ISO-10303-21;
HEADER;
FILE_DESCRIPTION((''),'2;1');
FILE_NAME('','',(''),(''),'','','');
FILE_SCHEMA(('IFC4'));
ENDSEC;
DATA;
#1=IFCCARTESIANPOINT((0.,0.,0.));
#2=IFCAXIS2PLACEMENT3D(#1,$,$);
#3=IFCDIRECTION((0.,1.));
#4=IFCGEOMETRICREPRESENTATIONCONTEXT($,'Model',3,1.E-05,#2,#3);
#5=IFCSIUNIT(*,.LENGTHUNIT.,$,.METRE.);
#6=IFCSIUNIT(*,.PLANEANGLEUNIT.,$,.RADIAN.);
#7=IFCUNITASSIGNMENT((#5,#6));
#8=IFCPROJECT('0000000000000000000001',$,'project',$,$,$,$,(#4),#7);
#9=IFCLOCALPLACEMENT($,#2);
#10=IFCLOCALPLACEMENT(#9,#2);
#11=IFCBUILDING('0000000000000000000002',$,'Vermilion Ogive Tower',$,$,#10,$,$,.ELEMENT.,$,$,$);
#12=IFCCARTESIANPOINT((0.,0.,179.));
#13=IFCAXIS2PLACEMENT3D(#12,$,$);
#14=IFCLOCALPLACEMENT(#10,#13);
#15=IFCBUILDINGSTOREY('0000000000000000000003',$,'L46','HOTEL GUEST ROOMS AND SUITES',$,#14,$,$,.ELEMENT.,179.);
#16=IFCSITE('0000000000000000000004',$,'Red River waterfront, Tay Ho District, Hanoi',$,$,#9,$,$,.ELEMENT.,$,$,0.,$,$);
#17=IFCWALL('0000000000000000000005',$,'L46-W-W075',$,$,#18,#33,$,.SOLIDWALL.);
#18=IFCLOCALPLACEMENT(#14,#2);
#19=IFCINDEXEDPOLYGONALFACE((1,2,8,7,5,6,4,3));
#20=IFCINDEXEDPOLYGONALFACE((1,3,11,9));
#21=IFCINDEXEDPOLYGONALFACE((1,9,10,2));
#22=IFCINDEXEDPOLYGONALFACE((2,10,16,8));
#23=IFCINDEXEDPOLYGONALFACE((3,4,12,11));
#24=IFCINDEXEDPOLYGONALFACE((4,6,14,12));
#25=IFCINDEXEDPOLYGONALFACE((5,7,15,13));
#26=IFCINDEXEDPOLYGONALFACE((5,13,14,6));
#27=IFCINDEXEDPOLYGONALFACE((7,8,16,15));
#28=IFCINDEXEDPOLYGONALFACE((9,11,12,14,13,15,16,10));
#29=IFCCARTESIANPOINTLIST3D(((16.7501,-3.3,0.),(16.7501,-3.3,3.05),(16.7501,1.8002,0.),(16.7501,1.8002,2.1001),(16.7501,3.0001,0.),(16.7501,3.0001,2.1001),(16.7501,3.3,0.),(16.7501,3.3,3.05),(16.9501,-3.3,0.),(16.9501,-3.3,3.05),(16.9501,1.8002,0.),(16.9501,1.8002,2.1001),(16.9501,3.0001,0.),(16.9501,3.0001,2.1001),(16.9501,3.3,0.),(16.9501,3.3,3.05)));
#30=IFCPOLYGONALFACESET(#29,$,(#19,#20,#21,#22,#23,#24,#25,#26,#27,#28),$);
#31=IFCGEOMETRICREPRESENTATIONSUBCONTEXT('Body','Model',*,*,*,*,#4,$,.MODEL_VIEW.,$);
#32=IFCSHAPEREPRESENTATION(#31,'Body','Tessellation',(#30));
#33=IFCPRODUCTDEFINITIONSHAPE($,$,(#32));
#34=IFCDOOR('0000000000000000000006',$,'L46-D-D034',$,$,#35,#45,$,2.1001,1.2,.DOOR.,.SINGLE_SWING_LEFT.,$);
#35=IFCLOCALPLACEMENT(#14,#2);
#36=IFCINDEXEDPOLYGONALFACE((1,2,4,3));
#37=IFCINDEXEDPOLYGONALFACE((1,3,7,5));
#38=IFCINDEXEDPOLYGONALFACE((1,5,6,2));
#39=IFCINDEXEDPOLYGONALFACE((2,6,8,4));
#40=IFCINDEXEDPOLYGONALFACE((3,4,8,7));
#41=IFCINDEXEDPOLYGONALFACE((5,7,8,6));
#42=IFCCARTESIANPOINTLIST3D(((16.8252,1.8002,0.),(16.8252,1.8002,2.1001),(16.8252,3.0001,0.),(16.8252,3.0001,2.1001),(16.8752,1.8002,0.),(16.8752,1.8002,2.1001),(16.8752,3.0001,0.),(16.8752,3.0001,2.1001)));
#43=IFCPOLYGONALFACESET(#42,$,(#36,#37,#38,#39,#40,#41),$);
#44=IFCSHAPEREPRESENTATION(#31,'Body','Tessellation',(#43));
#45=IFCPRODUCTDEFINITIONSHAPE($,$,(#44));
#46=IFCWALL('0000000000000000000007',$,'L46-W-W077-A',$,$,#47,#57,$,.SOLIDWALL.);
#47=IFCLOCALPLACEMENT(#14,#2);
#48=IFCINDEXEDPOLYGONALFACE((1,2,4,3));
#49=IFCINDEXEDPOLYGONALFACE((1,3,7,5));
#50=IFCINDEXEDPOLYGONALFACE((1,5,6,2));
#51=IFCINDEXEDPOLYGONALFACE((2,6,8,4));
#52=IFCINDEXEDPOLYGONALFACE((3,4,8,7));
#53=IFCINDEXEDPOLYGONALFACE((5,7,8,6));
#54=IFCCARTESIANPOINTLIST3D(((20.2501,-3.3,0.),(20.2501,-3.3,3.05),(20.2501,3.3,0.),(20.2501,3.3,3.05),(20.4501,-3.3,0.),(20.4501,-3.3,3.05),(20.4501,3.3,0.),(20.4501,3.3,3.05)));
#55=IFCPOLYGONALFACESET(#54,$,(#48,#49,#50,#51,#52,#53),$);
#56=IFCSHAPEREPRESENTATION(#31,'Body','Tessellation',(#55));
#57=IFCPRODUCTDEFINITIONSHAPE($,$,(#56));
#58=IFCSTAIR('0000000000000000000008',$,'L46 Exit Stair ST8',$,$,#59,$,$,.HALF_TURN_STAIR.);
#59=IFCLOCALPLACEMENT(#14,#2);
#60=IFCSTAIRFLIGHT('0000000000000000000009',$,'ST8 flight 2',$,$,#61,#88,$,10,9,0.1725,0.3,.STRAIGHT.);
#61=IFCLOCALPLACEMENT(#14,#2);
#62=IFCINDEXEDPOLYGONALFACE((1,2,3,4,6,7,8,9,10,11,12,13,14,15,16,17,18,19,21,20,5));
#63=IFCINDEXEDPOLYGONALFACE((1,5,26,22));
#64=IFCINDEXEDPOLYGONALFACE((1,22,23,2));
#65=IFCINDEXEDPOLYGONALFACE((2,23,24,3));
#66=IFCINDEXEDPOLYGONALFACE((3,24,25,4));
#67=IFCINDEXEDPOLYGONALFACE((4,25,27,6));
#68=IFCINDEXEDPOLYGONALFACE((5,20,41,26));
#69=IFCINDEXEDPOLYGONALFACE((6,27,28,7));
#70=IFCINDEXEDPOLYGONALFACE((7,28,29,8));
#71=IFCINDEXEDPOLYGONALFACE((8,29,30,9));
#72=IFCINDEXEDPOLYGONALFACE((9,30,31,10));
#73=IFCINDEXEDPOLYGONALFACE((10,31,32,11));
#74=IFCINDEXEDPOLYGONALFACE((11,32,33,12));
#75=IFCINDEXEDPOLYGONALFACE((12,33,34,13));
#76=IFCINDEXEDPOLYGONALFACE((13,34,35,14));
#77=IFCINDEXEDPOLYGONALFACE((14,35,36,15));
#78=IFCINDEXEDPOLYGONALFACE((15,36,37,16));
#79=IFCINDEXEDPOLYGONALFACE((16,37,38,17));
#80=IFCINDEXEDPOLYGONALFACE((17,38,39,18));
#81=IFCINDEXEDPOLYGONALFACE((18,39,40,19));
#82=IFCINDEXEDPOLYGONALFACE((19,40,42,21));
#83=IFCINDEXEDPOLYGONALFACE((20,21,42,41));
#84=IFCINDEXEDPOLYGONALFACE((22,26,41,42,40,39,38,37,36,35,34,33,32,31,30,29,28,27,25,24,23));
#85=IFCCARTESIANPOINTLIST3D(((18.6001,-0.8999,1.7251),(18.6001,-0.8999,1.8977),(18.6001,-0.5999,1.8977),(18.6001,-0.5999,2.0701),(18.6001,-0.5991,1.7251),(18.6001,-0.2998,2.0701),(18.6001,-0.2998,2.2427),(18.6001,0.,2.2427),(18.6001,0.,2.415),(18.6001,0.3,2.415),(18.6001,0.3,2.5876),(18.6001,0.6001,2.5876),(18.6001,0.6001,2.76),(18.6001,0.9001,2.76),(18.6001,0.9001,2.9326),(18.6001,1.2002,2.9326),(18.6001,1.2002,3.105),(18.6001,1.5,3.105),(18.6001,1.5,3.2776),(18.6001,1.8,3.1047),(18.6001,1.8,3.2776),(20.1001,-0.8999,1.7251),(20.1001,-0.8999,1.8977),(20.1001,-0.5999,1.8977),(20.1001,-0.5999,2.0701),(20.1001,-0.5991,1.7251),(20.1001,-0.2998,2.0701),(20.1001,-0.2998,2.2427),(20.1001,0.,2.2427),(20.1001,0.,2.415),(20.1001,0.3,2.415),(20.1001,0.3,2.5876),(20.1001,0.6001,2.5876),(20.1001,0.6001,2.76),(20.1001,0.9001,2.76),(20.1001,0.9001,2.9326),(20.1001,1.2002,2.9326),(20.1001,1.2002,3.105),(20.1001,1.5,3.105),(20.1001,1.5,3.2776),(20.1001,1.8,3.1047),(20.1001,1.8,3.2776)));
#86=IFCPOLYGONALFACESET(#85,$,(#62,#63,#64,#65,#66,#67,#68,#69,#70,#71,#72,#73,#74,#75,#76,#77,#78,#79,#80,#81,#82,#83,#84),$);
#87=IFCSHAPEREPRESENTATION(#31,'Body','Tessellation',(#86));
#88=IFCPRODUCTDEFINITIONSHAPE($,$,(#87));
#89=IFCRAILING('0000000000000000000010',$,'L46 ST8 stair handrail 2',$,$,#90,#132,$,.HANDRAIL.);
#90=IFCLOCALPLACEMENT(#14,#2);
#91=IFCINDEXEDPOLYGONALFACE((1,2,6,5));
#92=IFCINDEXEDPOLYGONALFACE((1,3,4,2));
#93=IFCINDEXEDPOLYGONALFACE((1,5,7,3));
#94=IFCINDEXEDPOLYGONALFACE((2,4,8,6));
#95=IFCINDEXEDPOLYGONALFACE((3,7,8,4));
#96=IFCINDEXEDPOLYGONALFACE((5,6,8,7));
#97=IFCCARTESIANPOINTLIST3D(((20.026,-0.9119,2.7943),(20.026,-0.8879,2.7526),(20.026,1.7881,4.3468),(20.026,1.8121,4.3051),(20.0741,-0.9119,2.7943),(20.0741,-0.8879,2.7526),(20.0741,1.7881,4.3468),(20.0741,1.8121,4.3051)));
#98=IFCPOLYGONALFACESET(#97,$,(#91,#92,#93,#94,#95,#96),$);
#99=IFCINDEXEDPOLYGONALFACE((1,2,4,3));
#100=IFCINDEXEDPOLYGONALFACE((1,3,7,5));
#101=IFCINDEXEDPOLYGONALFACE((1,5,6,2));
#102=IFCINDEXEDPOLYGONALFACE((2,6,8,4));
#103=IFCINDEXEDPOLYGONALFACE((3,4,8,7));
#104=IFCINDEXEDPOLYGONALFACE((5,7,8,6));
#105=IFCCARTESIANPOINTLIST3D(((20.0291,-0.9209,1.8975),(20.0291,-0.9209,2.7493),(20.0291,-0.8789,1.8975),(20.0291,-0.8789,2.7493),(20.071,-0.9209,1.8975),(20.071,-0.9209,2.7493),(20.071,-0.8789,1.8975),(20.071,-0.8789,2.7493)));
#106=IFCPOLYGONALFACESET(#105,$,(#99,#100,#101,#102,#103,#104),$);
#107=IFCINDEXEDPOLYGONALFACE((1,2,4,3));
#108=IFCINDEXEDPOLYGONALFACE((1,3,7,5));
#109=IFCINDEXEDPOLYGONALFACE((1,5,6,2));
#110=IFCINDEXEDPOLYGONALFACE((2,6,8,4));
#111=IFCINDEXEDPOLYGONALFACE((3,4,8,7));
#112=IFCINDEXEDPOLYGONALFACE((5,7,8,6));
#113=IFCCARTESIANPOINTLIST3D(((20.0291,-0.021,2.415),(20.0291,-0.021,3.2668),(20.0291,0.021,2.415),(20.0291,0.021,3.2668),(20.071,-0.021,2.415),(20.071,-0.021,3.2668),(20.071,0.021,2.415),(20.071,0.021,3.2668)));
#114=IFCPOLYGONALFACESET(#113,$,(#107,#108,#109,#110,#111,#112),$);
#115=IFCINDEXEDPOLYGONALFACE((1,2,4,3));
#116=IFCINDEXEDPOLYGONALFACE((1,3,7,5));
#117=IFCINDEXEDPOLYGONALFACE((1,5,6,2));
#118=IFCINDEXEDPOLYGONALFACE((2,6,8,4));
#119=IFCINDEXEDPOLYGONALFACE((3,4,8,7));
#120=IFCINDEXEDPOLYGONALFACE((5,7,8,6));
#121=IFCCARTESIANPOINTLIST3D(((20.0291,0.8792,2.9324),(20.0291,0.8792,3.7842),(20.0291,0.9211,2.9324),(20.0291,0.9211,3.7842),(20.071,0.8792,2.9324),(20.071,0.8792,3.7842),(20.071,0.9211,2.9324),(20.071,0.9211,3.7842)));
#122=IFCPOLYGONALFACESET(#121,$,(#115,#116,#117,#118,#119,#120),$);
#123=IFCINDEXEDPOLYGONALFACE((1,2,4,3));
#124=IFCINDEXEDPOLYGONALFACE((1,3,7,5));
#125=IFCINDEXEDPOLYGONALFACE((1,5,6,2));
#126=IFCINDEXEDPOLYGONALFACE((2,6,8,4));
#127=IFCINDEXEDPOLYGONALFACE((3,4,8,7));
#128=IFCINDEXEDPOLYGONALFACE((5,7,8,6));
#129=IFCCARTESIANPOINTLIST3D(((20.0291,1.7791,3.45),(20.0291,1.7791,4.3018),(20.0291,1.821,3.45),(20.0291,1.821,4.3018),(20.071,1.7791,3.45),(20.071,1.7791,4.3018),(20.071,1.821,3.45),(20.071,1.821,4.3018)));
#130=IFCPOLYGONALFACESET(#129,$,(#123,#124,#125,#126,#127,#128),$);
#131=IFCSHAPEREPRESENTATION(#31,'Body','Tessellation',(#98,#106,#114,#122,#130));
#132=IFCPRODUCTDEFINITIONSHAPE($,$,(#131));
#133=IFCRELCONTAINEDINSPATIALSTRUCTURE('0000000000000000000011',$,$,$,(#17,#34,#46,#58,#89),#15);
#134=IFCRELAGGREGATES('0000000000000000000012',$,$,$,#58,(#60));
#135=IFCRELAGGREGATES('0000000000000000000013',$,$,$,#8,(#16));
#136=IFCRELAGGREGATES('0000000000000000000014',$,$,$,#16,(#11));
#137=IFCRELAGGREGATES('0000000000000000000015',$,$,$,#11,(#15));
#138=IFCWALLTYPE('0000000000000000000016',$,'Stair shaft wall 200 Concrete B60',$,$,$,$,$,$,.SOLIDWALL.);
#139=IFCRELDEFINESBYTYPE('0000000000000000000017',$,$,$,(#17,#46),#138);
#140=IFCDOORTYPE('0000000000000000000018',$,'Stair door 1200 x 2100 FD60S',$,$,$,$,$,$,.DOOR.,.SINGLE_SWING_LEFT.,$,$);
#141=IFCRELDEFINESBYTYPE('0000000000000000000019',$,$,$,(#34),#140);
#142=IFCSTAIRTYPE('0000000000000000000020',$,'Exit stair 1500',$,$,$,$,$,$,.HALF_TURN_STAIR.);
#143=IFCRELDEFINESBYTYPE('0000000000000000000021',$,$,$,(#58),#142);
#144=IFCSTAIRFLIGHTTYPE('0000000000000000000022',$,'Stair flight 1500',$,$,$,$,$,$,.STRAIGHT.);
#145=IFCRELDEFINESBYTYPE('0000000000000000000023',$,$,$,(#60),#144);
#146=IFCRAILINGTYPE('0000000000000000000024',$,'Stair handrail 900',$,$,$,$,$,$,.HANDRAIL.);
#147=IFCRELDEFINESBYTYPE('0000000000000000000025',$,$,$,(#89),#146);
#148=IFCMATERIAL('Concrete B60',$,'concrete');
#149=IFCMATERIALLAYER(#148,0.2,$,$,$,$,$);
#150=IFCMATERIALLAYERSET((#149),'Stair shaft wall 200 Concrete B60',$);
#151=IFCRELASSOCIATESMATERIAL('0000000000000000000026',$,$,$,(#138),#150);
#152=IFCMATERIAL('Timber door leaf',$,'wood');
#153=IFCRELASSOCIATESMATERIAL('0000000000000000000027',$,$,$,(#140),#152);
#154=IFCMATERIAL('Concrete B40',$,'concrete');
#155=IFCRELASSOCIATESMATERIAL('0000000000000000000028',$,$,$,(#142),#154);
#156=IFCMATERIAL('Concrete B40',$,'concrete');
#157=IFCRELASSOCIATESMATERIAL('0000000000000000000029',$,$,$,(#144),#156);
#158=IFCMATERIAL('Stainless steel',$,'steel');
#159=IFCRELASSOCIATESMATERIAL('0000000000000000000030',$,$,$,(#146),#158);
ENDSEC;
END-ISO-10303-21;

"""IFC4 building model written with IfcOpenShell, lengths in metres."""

from ifc_helpers import new_model, si_unit, direction, frame, frame_2d, origin, origin_2d, place, context, subcontext, project, spatial, polyline, rectangle, outline, extrude, material, layer, layer_set, type_object, element, fill, aggregate, save


model = new_model("IFC4")

# Units and contexts
model_context = context("Model", 3, precision=1e-05, world=origin(), true_north=direction((0.0, 1.0)))
body_context = subcontext(model_context, "Body", "Model", "MODEL_VIEW")
ifc_project = project(units=[si_unit("LENGTHUNIT", "METRE"), si_unit("PLANEANGLEUNIT", "RADIAN")], contexts=[model_context])

# Site, building, storey
site_placement = place(None, origin())
site = spatial("IfcSite", under=ifc_project, at=site_placement, Name="Red River waterfront, Tay Ho District, Hanoi", CompositionType="ELEMENT", RefElevation=0.0)
building_placement = place(site_placement, origin())
building = spatial("IfcBuilding", under=site, at=building_placement, Name="Vermilion Ogive Tower", CompositionType="ELEMENT")
storey_placement = place(building_placement, frame((0.0, 0.0, 179.0)))
storey = spatial("IfcBuildingStorey", under=building, at=storey_placement, Name="L46", Description="HOTEL GUEST ROOMS AND SUITES", CompositionType="ELEMENT", Elevation=179.0)

# Shared definitions
ifc_material_1 = material(Name="Concrete B60", Category="concrete")
ifc_layer_1 = layer(ifc_material_1, 0.2)
ifc_layer_set_1 = layer_set([ifc_layer_1], Name="Stair shaft wall 200 Concrete B60")
wall_type_1 = type_object("IfcWallType", Name="Stair shaft wall 200 Concrete B60", PredefinedType="SOLIDWALL", material=ifc_layer_set_1)

# Wall, opening, door
wall_1_placement = place(storey_placement, frame((16.8501, -3.3, 0.0), z_axis=(0.0, 0.0, 1.0), x_axis=(0.0, 1.0, 0.0)))
wall_1 = element("IfcWall", 1, at=wall_1_placement, inside=storey, type_object=wall_type_1, Name="L46-W-W075", PredefinedType="SOLIDWALL", context=body_context, shape_type="SweptSolid", body=[
    extrude(rectangle(XDim=6.6001, YDim=0.2, at=frame_2d((3.3, 0.0))), origin(), (0.0, 0.0, 1.0), 3.05),
])
opening_1_placement = place(wall_1_placement, frame((5.1001, 0.0, 0.0)))
opening_1 = element("IfcOpeningElement", 2, at=opening_1_placement, cuts=wall_1, PredefinedType="OPENING", context=body_context, shape_type="SweptSolid", body=[
    extrude(rectangle(XDim=1.2, YDim=2.1001, at=frame_2d((0.6001, 1.05))), frame((0.0, 0.1099, 0.0), z_axis=(0.0, -1.0, 0.0), x_axis=(1.0, 0.0, 0.0)), (0.0, 0.0, 1.0), 0.22),
])
ifc_material_2 = material(Name="Timber door leaf", Category="wood")
door_type_1 = type_object("IfcDoorType", Name="Stair door 1200 x 2100 FD60S", OperationType="SINGLE_SWING_LEFT", PredefinedType="DOOR", material=ifc_material_2)
door_1_placement = place(opening_1_placement, origin())
door_1 = element("IfcDoor", 3, at=door_1_placement, inside=storey, type_object=door_type_1, Name="L46-D-D034", OperationType="SINGLE_SWING_LEFT", OverallHeight=2.1001, OverallWidth=1.2, PredefinedType="DOOR", context=body_context, shape_type="SweptSolid", body=[
    extrude(rectangle(XDim=1.2, YDim=2.1001, at=frame_2d((0.6001, 1.05))), frame((0.0, 0.0249, 0.0), z_axis=(0.0, -1.0, 0.0), x_axis=(1.0, 0.0, 0.0)), (0.0, 0.0, 1.0), 0.05),
])
fill(opening_1, door_1)

# Wall
wall_2_placement = place(storey_placement, frame((20.3501, -3.3, 0.0), z_axis=(0.0, 0.0, 1.0), x_axis=(0.0, 1.0, 0.0)))
element("IfcWall", 4, at=wall_2_placement, inside=storey, type_object=wall_type_1, Name="L46-W-W077-A", PredefinedType="SOLIDWALL", context=body_context, shape_type="SweptSolid", body=[
    extrude(rectangle(XDim=6.6001, YDim=0.2, at=frame_2d((3.3, 0.0))), origin(), (0.0, 0.0, 1.0), 3.05),
])

# Stair, stair flight
ifc_material_3 = material(Name="Concrete B40", Category="concrete")
stair_type = type_object("IfcStairType", Name="Exit stair 1500", PredefinedType="HALF_TURN_STAIR", material=ifc_material_3)
stair_placement = place(storey_placement, origin())
stair = element("IfcStair", 5, at=stair_placement, inside=storey, type_object=stair_type, Name="L46 Exit Stair ST8", PredefinedType="HALF_TURN_STAIR")
ifc_material_4 = material(Name="Concrete B40", Category="concrete")
stair_flight_type = type_object("IfcStairFlightType", Name="Stair flight 1500", PredefinedType="STRAIGHT", material=ifc_material_4)
stair_flight_placement = place(storey_placement, frame((19.3501, -0.8999, 1.7251), z_axis=(0.0, 0.0, 1.0), x_axis=(0.0, 1.0, 0.0)))
stair_flight = element("IfcStairFlight", 6, at=stair_flight_placement, type_object=stair_flight_type, Name="ST8 flight 2", NumberOfRisers=10, NumberOfTreads=9, PredefinedType="STRAIGHT", RiserHeight=0.1725, TreadLength=0.3, context=body_context, shape_type="SweptSolid", body=[
    extrude(outline(polyline([(0.0, 0.0), (0.0, 0.1726), (0.3, 0.1726), (0.3, 0.345), (0.6001, 0.345), (0.6001, 0.5176), (0.8999, 0.5176), (0.8999, 0.6899), (1.2, 0.6899), (1.2, 0.8625), (1.5, 0.8625), (1.5, 1.0349), (1.8, 1.0349), (1.8, 1.2075), (2.1001, 1.2075), (2.1001, 1.3799), (2.3999, 1.3799), (2.3999, 1.5525), (2.7, 1.5525), (2.7, 1.7251), (2.7, 1.3796), (0.3008, 0.0), (0.0, 0.0)])), frame((0.0, 0.75, 0.0), z_axis=(0.0, -1.0, 0.0), x_axis=(1.0, 0.0, 0.0)), (0.0, 0.0, 1.0), 1.5),
])
aggregate(stair, [stair_flight])

# Railing
ifc_material_5 = material(Name="Stainless steel", Category="steel")
railing_type = type_object("IfcRailingType", Name="Stair handrail 900", PredefinedType="HANDRAIL", material=ifc_material_5)
railing_placement = place(storey_placement, frame((20.05, -0.8999, 1.8975)))
element("IfcRailing", 7, at=railing_placement, inside=storey, type_object=railing_type, Name="L46 ST8 stair handrail 2", PredefinedType="HANDRAIL", context=body_context, shape_type="SweptSolid", body=[
    extrude(rectangle(XDim=0.0481, YDim=0.0481, at=origin_2d()), frame((0.0, 0.0, 0.876), z_axis=(0.0, 0.866904, 0.498476), x_axis=(-1.0, 0.0, 0.0)), (0.0, 0.0, 1.0), 3.1145),
    extrude(rectangle(XDim=0.042, YDim=0.042, at=origin_2d()), origin(), (0.0, 0.0, 1.0), 0.8518),
    extrude(rectangle(XDim=0.042, YDim=0.042, at=origin_2d()), frame((0.0, 0.8999, 0.5176)), (0.0, 0.0, 1.0), 0.8518),
    extrude(rectangle(XDim=0.042, YDim=0.042, at=origin_2d()), frame((0.0, 1.8, 1.0349)), (0.0, 0.0, 1.0), 0.8518),
    extrude(rectangle(XDim=0.042, YDim=0.042, at=origin_2d()), frame((0.0, 2.7, 1.5525)), (0.0, 0.0, 1.0), 0.8518),
])

save(model, "model.ifc")
